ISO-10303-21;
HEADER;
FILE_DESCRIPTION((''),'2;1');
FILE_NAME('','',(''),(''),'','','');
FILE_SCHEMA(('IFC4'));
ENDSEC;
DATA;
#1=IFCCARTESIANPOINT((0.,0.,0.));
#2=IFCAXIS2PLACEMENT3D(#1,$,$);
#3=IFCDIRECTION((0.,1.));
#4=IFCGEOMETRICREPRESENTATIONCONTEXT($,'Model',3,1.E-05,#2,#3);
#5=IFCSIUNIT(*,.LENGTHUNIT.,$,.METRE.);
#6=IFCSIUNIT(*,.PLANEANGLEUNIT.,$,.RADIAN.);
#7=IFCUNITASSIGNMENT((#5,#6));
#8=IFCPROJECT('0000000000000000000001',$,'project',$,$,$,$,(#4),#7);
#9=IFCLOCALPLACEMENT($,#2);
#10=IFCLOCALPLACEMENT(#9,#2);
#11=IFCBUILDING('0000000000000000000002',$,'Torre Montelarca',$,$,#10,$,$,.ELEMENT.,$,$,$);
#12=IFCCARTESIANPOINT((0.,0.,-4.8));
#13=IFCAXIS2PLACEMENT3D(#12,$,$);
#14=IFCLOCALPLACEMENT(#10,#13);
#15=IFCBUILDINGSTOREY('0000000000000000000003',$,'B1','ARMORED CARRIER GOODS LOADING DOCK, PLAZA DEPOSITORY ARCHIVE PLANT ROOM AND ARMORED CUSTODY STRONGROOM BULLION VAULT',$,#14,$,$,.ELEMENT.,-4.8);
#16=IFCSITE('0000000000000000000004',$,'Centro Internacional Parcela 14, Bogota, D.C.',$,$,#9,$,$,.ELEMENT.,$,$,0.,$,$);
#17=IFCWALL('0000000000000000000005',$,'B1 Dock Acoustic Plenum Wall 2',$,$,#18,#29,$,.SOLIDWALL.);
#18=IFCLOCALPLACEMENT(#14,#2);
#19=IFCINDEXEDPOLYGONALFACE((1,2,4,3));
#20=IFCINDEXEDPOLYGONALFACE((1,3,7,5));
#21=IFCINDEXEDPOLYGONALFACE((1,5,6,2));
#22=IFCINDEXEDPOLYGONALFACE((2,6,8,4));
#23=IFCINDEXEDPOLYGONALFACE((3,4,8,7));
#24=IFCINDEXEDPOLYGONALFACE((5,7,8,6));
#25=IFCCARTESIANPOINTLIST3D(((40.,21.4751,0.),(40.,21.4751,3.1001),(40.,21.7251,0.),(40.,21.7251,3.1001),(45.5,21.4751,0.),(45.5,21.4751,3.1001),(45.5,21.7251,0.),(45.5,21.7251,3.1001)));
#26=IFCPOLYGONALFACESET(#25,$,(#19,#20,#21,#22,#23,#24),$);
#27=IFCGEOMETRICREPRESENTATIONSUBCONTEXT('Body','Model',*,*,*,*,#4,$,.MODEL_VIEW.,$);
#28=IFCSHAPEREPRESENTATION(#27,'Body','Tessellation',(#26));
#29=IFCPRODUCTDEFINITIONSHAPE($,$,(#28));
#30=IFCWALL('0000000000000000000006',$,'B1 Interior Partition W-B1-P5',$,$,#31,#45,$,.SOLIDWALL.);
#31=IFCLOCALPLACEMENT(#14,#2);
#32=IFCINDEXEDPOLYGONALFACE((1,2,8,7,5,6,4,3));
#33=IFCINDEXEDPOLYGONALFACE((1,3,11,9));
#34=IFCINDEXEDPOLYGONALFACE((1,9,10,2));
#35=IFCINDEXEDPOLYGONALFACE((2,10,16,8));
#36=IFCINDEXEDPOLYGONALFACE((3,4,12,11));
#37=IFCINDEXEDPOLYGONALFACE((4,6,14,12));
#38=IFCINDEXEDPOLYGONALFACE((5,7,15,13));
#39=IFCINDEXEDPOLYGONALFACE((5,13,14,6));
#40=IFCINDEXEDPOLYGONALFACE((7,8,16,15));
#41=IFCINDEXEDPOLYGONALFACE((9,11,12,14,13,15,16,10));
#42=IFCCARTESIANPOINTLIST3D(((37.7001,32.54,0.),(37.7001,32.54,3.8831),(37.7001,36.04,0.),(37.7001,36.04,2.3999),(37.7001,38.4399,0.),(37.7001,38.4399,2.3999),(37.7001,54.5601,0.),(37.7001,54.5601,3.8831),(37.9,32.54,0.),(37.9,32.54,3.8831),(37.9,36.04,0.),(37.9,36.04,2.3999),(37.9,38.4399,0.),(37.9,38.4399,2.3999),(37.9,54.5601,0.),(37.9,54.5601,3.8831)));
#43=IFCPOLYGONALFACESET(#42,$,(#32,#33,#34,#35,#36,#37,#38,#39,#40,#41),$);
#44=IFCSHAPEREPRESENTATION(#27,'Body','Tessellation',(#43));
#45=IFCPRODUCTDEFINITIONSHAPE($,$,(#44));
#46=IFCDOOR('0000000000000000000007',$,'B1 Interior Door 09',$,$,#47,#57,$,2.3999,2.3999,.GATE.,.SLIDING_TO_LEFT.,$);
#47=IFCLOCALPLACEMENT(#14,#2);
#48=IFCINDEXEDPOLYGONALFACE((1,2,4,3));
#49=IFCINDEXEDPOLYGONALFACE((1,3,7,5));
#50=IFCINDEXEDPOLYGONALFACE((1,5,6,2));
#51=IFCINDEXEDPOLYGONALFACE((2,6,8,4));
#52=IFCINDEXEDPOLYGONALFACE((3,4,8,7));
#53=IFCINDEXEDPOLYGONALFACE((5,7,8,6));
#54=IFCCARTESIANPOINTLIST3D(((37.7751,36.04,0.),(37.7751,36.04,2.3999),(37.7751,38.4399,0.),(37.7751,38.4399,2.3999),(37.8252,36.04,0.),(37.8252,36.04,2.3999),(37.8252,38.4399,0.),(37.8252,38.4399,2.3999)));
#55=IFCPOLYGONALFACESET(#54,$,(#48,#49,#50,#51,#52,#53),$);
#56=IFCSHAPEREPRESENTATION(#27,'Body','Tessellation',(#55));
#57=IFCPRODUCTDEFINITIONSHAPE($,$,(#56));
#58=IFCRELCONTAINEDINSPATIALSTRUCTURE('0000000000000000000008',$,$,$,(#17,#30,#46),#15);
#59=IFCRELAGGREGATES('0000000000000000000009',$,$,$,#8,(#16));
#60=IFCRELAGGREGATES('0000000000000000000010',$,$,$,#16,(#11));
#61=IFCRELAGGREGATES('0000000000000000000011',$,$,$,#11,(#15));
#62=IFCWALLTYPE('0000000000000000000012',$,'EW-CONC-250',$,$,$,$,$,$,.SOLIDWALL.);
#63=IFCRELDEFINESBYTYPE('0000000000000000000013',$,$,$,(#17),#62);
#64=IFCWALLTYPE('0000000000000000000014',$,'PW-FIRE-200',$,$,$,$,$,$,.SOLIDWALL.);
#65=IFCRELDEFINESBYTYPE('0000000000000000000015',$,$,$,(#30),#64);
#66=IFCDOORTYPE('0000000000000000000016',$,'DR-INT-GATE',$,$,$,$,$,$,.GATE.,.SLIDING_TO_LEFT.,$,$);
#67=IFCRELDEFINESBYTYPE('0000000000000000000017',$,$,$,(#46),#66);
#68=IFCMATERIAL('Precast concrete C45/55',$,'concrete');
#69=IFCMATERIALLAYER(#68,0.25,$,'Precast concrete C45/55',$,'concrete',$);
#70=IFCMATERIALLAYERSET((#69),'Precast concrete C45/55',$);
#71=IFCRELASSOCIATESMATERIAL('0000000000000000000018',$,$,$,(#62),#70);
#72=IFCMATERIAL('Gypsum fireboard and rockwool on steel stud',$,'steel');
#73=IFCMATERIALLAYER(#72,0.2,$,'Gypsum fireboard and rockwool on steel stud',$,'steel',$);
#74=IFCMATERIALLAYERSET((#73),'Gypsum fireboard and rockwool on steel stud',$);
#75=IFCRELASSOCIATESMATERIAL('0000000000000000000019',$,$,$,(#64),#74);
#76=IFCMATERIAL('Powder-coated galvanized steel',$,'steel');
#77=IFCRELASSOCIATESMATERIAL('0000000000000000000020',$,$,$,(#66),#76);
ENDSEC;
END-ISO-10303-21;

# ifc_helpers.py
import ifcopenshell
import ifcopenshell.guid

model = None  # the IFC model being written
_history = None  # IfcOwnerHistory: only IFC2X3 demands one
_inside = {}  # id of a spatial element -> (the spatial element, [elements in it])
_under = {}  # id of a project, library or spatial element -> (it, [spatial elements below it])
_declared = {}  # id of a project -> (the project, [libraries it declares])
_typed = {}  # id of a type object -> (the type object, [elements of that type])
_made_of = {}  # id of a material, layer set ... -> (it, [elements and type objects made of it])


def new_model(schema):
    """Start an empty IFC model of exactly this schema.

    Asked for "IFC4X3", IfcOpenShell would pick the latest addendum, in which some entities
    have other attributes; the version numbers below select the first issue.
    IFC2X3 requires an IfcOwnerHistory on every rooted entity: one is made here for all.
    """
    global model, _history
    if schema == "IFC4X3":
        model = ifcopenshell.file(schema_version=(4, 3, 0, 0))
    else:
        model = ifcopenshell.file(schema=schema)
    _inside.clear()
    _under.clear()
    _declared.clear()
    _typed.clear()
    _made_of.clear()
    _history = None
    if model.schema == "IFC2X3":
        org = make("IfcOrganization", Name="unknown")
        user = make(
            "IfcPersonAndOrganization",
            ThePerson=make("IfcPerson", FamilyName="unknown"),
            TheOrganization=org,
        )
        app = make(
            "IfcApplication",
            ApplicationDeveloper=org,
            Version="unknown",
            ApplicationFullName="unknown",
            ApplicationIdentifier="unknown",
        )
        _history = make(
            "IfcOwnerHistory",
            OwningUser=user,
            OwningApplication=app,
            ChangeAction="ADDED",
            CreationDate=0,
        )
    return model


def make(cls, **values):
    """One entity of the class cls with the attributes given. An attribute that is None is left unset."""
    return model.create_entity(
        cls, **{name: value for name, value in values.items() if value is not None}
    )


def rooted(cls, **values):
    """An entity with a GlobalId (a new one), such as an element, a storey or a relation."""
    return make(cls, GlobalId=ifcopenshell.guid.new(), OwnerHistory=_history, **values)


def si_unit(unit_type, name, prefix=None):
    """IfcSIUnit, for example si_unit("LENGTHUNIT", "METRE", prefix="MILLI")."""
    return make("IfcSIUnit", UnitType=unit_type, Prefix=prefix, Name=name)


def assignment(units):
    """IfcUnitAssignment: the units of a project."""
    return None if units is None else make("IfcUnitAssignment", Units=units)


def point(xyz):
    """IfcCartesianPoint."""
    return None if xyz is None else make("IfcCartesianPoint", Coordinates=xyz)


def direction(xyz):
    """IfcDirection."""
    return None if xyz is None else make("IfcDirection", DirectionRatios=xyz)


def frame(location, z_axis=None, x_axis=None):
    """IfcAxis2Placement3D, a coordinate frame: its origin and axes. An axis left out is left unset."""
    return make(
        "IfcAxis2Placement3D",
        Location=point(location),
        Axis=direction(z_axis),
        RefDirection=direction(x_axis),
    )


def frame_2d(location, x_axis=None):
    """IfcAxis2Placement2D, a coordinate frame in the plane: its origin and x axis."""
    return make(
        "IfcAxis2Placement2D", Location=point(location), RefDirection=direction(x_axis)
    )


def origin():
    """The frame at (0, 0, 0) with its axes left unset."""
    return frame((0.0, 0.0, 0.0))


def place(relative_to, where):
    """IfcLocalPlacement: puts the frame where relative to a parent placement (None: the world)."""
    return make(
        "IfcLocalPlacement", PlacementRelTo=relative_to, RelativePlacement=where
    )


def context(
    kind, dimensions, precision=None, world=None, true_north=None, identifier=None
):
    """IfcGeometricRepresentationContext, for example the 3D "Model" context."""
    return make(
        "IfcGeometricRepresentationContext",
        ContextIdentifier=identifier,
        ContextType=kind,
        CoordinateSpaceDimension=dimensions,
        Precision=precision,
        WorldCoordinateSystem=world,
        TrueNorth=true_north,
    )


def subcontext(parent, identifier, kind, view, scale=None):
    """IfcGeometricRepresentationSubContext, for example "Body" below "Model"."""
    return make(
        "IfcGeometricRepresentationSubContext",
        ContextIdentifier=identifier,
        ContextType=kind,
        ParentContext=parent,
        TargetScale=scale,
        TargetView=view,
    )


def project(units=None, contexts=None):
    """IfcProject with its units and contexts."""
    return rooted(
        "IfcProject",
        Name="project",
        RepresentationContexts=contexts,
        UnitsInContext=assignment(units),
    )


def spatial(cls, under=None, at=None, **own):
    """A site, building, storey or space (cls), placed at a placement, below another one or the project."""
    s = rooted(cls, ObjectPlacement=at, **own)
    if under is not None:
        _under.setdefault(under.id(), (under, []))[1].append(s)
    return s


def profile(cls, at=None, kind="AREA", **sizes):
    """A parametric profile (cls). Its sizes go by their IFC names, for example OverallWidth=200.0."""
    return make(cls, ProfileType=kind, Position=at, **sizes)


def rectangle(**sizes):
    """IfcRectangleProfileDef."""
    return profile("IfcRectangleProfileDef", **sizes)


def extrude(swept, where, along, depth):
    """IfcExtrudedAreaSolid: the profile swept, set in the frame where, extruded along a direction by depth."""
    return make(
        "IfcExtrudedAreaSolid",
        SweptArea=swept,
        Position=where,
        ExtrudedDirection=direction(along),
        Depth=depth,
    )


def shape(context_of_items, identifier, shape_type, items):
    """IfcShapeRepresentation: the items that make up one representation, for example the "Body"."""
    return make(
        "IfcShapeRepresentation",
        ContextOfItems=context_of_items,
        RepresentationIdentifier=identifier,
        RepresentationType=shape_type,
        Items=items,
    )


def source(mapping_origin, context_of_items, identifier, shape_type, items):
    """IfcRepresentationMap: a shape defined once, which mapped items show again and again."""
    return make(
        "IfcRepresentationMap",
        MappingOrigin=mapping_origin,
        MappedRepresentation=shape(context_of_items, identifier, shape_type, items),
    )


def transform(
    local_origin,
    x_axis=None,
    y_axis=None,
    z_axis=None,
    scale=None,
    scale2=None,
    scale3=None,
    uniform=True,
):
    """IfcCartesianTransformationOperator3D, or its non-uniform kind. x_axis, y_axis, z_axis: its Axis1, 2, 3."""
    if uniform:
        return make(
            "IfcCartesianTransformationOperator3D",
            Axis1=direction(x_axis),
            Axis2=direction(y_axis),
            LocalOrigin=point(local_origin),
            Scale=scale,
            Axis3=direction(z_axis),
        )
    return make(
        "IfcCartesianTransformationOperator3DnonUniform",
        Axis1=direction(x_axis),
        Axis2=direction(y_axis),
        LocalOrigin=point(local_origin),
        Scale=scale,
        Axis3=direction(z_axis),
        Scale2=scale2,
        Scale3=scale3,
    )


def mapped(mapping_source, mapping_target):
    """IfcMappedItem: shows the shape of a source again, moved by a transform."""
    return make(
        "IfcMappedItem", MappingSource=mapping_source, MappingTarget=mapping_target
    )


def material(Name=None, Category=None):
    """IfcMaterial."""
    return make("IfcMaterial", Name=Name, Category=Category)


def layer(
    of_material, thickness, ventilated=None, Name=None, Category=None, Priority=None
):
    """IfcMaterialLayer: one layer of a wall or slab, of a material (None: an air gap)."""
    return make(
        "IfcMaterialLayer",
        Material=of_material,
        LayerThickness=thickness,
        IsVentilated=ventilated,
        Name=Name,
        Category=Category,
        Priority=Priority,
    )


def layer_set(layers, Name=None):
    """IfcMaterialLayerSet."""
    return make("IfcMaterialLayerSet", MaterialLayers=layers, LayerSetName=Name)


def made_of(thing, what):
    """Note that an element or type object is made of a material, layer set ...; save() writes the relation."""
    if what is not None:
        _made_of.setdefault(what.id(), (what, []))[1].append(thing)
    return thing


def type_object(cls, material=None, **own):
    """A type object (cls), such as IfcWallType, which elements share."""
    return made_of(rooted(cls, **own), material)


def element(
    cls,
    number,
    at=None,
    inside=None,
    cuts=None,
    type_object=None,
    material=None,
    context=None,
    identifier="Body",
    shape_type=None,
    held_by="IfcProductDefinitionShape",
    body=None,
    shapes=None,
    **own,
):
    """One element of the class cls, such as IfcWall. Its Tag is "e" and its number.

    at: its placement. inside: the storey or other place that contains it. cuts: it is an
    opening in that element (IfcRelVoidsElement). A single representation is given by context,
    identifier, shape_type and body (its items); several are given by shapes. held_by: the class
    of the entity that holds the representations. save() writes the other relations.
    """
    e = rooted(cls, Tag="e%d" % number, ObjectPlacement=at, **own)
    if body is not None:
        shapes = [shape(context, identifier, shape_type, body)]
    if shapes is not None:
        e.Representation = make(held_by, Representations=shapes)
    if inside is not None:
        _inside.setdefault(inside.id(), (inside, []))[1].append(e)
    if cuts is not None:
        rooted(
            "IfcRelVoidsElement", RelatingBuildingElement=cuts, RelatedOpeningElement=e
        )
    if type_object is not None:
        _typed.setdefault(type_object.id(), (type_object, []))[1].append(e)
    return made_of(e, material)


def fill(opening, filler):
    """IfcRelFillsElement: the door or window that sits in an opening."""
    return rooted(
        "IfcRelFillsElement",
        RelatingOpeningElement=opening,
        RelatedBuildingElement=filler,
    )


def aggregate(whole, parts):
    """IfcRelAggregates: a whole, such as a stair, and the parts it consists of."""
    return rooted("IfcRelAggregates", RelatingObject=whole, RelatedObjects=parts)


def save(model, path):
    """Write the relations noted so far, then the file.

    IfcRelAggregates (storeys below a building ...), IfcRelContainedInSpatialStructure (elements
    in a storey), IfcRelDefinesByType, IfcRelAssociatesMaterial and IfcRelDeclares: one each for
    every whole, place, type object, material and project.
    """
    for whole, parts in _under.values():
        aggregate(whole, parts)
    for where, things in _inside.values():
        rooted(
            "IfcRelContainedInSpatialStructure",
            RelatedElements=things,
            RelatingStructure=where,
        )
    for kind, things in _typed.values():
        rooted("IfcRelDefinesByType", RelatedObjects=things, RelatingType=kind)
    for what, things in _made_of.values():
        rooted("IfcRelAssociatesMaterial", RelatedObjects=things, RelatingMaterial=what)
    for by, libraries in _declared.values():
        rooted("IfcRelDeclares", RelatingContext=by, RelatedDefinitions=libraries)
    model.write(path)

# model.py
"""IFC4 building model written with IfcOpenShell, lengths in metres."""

from ifc_helpers import new_model, si_unit, direction, frame, frame_2d, origin, place, context, subcontext, project, spatial, rectangle, extrude, source, transform, mapped, material, layer, layer_set, type_object, element, fill, save


model = new_model("IFC4")

# Units and contexts
model_context = context("Model", 3, precision=1e-05, world=origin(), true_north=direction((0.0, 1.0)))
body_context = subcontext(model_context, "Body", "Model", "MODEL_VIEW")
ifc_project = project(units=[si_unit("LENGTHUNIT", "METRE"), si_unit("PLANEANGLEUNIT", "RADIAN")], contexts=[model_context])

# Site, building, storey
site_placement = place(None, origin())
site = spatial("IfcSite", under=ifc_project, at=site_placement, Name="Centro Internacional Parcela 14, Bogota, D.C.", CompositionType="ELEMENT", RefElevation=0.0)
building_placement = place(site_placement, origin())
building = spatial("IfcBuilding", under=site, at=building_placement, Name="Torre Montelarca", CompositionType="ELEMENT")
storey_placement = place(building_placement, frame((0.0, 0.0, -4.8)))
storey = spatial("IfcBuildingStorey", under=building, at=storey_placement, Name="B1", Description="ARMORED CARRIER GOODS LOADING DOCK, PLAZA DEPOSITORY ARCHIVE PLANT ROOM AND ARMORED CUSTODY STRONGROOM BULLION VAULT", CompositionType="ELEMENT", Elevation=-4.8)

# Wall
ifc_material_1 = material(Name="Precast concrete C45/55", Category="concrete")
ifc_layer_1 = layer(ifc_material_1, 0.25, Name="Precast concrete C45/55", Category="concrete")
ifc_layer_set_1 = layer_set([ifc_layer_1], Name="Precast concrete C45/55")
wall_type_1 = type_object("IfcWallType", Name="EW-CONC-250", PredefinedType="SOLIDWALL", material=ifc_layer_set_1)
wall_1_placement = place(storey_placement, frame((40.0, 21.6001, 0.0), z_axis=(0.0, 0.0, 1.0), x_axis=(1.0, 0.0, 0.0)))
element("IfcWall", 1, at=wall_1_placement, inside=storey, type_object=wall_type_1, Name="B1 Dock Acoustic Plenum Wall 2", PredefinedType="SOLIDWALL", context=body_context, shape_type="SweptSolid", body=[
    extrude(rectangle(XDim=5.5, YDim=0.25, at=frame_2d((2.75, 0.0))), origin(), (0.0, 0.0, 1.0), 3.1001),
])

# Wall, opening, door
ifc_material_2 = material(Name="Gypsum fireboard and rockwool on steel stud", Category="steel")
ifc_layer_2 = layer(ifc_material_2, 0.2, Name="Gypsum fireboard and rockwool on steel stud", Category="steel")
ifc_layer_set_2 = layer_set([ifc_layer_2], Name="Gypsum fireboard and rockwool on steel stud")
wall_type_2 = type_object("IfcWallType", Name="PW-FIRE-200", PredefinedType="SOLIDWALL", material=ifc_layer_set_2)
wall_2_placement = place(storey_placement, frame((37.8, 32.54, 0.0), z_axis=(0.0, 0.0, 1.0), x_axis=(0.0, 1.0, 0.0)))
wall_2 = element("IfcWall", 2, at=wall_2_placement, inside=storey, type_object=wall_type_2, Name="B1 Interior Partition W-B1-P5", PredefinedType="SOLIDWALL", context=body_context, shape_type="SweptSolid", body=[
    extrude(rectangle(XDim=22.02, YDim=0.2, at=frame_2d((11.01, 0.0))), origin(), (0.0, 0.0, 1.0), 3.8831),
])
opening_placement = place(wall_2_placement, frame((3.5, 0.0, 0.0)))
opening = element("IfcOpeningElement", 3, at=opening_placement, cuts=wall_2, PredefinedType="OPENING", context=body_context, shape_type="SweptSolid", body=[
    extrude(rectangle(XDim=2.3999, YDim=2.3999, at=frame_2d((1.2, 1.2))), frame((0.0, 0.1099, 0.0), z_axis=(0.0, -1.0, 0.0), x_axis=(1.0, 0.0, 0.0)), (0.0, 0.0, 1.0), 0.22),
])
ifc_material_3 = material(Name="Powder-coated galvanized steel", Category="steel")
door_type = type_object("IfcDoorType", Name="DR-INT-GATE", OperationType="SLIDING_TO_LEFT", PredefinedType="GATE", material=ifc_material_3)
shared_shape_1 = source(origin(), body_context, "Body", "SweptSolid", [
    extrude(rectangle(XDim=2.3999, YDim=2.3999, at=frame_2d((1.2, 1.2))), frame((0.0, 0.0249, 0.0), z_axis=(0.0, -1.0, 0.0), x_axis=(1.0, 0.0, 0.0)), (0.0, 0.0, 1.0), 0.05),
])
door_placement = place(opening_placement, origin())
door = element("IfcDoor", 4, at=door_placement, inside=storey, type_object=door_type, Name="B1 Interior Door 09", OperationType="SLIDING_TO_LEFT", OverallHeight=2.3999, OverallWidth=2.3999, PredefinedType="GATE", context=body_context, shape_type="MappedRepresentation", body=[
    mapped(shared_shape_1, transform((0.0, 0.0, 0.0), scale=1.0)),
])
fill(opening, door)

save(model, "model.ifc")
